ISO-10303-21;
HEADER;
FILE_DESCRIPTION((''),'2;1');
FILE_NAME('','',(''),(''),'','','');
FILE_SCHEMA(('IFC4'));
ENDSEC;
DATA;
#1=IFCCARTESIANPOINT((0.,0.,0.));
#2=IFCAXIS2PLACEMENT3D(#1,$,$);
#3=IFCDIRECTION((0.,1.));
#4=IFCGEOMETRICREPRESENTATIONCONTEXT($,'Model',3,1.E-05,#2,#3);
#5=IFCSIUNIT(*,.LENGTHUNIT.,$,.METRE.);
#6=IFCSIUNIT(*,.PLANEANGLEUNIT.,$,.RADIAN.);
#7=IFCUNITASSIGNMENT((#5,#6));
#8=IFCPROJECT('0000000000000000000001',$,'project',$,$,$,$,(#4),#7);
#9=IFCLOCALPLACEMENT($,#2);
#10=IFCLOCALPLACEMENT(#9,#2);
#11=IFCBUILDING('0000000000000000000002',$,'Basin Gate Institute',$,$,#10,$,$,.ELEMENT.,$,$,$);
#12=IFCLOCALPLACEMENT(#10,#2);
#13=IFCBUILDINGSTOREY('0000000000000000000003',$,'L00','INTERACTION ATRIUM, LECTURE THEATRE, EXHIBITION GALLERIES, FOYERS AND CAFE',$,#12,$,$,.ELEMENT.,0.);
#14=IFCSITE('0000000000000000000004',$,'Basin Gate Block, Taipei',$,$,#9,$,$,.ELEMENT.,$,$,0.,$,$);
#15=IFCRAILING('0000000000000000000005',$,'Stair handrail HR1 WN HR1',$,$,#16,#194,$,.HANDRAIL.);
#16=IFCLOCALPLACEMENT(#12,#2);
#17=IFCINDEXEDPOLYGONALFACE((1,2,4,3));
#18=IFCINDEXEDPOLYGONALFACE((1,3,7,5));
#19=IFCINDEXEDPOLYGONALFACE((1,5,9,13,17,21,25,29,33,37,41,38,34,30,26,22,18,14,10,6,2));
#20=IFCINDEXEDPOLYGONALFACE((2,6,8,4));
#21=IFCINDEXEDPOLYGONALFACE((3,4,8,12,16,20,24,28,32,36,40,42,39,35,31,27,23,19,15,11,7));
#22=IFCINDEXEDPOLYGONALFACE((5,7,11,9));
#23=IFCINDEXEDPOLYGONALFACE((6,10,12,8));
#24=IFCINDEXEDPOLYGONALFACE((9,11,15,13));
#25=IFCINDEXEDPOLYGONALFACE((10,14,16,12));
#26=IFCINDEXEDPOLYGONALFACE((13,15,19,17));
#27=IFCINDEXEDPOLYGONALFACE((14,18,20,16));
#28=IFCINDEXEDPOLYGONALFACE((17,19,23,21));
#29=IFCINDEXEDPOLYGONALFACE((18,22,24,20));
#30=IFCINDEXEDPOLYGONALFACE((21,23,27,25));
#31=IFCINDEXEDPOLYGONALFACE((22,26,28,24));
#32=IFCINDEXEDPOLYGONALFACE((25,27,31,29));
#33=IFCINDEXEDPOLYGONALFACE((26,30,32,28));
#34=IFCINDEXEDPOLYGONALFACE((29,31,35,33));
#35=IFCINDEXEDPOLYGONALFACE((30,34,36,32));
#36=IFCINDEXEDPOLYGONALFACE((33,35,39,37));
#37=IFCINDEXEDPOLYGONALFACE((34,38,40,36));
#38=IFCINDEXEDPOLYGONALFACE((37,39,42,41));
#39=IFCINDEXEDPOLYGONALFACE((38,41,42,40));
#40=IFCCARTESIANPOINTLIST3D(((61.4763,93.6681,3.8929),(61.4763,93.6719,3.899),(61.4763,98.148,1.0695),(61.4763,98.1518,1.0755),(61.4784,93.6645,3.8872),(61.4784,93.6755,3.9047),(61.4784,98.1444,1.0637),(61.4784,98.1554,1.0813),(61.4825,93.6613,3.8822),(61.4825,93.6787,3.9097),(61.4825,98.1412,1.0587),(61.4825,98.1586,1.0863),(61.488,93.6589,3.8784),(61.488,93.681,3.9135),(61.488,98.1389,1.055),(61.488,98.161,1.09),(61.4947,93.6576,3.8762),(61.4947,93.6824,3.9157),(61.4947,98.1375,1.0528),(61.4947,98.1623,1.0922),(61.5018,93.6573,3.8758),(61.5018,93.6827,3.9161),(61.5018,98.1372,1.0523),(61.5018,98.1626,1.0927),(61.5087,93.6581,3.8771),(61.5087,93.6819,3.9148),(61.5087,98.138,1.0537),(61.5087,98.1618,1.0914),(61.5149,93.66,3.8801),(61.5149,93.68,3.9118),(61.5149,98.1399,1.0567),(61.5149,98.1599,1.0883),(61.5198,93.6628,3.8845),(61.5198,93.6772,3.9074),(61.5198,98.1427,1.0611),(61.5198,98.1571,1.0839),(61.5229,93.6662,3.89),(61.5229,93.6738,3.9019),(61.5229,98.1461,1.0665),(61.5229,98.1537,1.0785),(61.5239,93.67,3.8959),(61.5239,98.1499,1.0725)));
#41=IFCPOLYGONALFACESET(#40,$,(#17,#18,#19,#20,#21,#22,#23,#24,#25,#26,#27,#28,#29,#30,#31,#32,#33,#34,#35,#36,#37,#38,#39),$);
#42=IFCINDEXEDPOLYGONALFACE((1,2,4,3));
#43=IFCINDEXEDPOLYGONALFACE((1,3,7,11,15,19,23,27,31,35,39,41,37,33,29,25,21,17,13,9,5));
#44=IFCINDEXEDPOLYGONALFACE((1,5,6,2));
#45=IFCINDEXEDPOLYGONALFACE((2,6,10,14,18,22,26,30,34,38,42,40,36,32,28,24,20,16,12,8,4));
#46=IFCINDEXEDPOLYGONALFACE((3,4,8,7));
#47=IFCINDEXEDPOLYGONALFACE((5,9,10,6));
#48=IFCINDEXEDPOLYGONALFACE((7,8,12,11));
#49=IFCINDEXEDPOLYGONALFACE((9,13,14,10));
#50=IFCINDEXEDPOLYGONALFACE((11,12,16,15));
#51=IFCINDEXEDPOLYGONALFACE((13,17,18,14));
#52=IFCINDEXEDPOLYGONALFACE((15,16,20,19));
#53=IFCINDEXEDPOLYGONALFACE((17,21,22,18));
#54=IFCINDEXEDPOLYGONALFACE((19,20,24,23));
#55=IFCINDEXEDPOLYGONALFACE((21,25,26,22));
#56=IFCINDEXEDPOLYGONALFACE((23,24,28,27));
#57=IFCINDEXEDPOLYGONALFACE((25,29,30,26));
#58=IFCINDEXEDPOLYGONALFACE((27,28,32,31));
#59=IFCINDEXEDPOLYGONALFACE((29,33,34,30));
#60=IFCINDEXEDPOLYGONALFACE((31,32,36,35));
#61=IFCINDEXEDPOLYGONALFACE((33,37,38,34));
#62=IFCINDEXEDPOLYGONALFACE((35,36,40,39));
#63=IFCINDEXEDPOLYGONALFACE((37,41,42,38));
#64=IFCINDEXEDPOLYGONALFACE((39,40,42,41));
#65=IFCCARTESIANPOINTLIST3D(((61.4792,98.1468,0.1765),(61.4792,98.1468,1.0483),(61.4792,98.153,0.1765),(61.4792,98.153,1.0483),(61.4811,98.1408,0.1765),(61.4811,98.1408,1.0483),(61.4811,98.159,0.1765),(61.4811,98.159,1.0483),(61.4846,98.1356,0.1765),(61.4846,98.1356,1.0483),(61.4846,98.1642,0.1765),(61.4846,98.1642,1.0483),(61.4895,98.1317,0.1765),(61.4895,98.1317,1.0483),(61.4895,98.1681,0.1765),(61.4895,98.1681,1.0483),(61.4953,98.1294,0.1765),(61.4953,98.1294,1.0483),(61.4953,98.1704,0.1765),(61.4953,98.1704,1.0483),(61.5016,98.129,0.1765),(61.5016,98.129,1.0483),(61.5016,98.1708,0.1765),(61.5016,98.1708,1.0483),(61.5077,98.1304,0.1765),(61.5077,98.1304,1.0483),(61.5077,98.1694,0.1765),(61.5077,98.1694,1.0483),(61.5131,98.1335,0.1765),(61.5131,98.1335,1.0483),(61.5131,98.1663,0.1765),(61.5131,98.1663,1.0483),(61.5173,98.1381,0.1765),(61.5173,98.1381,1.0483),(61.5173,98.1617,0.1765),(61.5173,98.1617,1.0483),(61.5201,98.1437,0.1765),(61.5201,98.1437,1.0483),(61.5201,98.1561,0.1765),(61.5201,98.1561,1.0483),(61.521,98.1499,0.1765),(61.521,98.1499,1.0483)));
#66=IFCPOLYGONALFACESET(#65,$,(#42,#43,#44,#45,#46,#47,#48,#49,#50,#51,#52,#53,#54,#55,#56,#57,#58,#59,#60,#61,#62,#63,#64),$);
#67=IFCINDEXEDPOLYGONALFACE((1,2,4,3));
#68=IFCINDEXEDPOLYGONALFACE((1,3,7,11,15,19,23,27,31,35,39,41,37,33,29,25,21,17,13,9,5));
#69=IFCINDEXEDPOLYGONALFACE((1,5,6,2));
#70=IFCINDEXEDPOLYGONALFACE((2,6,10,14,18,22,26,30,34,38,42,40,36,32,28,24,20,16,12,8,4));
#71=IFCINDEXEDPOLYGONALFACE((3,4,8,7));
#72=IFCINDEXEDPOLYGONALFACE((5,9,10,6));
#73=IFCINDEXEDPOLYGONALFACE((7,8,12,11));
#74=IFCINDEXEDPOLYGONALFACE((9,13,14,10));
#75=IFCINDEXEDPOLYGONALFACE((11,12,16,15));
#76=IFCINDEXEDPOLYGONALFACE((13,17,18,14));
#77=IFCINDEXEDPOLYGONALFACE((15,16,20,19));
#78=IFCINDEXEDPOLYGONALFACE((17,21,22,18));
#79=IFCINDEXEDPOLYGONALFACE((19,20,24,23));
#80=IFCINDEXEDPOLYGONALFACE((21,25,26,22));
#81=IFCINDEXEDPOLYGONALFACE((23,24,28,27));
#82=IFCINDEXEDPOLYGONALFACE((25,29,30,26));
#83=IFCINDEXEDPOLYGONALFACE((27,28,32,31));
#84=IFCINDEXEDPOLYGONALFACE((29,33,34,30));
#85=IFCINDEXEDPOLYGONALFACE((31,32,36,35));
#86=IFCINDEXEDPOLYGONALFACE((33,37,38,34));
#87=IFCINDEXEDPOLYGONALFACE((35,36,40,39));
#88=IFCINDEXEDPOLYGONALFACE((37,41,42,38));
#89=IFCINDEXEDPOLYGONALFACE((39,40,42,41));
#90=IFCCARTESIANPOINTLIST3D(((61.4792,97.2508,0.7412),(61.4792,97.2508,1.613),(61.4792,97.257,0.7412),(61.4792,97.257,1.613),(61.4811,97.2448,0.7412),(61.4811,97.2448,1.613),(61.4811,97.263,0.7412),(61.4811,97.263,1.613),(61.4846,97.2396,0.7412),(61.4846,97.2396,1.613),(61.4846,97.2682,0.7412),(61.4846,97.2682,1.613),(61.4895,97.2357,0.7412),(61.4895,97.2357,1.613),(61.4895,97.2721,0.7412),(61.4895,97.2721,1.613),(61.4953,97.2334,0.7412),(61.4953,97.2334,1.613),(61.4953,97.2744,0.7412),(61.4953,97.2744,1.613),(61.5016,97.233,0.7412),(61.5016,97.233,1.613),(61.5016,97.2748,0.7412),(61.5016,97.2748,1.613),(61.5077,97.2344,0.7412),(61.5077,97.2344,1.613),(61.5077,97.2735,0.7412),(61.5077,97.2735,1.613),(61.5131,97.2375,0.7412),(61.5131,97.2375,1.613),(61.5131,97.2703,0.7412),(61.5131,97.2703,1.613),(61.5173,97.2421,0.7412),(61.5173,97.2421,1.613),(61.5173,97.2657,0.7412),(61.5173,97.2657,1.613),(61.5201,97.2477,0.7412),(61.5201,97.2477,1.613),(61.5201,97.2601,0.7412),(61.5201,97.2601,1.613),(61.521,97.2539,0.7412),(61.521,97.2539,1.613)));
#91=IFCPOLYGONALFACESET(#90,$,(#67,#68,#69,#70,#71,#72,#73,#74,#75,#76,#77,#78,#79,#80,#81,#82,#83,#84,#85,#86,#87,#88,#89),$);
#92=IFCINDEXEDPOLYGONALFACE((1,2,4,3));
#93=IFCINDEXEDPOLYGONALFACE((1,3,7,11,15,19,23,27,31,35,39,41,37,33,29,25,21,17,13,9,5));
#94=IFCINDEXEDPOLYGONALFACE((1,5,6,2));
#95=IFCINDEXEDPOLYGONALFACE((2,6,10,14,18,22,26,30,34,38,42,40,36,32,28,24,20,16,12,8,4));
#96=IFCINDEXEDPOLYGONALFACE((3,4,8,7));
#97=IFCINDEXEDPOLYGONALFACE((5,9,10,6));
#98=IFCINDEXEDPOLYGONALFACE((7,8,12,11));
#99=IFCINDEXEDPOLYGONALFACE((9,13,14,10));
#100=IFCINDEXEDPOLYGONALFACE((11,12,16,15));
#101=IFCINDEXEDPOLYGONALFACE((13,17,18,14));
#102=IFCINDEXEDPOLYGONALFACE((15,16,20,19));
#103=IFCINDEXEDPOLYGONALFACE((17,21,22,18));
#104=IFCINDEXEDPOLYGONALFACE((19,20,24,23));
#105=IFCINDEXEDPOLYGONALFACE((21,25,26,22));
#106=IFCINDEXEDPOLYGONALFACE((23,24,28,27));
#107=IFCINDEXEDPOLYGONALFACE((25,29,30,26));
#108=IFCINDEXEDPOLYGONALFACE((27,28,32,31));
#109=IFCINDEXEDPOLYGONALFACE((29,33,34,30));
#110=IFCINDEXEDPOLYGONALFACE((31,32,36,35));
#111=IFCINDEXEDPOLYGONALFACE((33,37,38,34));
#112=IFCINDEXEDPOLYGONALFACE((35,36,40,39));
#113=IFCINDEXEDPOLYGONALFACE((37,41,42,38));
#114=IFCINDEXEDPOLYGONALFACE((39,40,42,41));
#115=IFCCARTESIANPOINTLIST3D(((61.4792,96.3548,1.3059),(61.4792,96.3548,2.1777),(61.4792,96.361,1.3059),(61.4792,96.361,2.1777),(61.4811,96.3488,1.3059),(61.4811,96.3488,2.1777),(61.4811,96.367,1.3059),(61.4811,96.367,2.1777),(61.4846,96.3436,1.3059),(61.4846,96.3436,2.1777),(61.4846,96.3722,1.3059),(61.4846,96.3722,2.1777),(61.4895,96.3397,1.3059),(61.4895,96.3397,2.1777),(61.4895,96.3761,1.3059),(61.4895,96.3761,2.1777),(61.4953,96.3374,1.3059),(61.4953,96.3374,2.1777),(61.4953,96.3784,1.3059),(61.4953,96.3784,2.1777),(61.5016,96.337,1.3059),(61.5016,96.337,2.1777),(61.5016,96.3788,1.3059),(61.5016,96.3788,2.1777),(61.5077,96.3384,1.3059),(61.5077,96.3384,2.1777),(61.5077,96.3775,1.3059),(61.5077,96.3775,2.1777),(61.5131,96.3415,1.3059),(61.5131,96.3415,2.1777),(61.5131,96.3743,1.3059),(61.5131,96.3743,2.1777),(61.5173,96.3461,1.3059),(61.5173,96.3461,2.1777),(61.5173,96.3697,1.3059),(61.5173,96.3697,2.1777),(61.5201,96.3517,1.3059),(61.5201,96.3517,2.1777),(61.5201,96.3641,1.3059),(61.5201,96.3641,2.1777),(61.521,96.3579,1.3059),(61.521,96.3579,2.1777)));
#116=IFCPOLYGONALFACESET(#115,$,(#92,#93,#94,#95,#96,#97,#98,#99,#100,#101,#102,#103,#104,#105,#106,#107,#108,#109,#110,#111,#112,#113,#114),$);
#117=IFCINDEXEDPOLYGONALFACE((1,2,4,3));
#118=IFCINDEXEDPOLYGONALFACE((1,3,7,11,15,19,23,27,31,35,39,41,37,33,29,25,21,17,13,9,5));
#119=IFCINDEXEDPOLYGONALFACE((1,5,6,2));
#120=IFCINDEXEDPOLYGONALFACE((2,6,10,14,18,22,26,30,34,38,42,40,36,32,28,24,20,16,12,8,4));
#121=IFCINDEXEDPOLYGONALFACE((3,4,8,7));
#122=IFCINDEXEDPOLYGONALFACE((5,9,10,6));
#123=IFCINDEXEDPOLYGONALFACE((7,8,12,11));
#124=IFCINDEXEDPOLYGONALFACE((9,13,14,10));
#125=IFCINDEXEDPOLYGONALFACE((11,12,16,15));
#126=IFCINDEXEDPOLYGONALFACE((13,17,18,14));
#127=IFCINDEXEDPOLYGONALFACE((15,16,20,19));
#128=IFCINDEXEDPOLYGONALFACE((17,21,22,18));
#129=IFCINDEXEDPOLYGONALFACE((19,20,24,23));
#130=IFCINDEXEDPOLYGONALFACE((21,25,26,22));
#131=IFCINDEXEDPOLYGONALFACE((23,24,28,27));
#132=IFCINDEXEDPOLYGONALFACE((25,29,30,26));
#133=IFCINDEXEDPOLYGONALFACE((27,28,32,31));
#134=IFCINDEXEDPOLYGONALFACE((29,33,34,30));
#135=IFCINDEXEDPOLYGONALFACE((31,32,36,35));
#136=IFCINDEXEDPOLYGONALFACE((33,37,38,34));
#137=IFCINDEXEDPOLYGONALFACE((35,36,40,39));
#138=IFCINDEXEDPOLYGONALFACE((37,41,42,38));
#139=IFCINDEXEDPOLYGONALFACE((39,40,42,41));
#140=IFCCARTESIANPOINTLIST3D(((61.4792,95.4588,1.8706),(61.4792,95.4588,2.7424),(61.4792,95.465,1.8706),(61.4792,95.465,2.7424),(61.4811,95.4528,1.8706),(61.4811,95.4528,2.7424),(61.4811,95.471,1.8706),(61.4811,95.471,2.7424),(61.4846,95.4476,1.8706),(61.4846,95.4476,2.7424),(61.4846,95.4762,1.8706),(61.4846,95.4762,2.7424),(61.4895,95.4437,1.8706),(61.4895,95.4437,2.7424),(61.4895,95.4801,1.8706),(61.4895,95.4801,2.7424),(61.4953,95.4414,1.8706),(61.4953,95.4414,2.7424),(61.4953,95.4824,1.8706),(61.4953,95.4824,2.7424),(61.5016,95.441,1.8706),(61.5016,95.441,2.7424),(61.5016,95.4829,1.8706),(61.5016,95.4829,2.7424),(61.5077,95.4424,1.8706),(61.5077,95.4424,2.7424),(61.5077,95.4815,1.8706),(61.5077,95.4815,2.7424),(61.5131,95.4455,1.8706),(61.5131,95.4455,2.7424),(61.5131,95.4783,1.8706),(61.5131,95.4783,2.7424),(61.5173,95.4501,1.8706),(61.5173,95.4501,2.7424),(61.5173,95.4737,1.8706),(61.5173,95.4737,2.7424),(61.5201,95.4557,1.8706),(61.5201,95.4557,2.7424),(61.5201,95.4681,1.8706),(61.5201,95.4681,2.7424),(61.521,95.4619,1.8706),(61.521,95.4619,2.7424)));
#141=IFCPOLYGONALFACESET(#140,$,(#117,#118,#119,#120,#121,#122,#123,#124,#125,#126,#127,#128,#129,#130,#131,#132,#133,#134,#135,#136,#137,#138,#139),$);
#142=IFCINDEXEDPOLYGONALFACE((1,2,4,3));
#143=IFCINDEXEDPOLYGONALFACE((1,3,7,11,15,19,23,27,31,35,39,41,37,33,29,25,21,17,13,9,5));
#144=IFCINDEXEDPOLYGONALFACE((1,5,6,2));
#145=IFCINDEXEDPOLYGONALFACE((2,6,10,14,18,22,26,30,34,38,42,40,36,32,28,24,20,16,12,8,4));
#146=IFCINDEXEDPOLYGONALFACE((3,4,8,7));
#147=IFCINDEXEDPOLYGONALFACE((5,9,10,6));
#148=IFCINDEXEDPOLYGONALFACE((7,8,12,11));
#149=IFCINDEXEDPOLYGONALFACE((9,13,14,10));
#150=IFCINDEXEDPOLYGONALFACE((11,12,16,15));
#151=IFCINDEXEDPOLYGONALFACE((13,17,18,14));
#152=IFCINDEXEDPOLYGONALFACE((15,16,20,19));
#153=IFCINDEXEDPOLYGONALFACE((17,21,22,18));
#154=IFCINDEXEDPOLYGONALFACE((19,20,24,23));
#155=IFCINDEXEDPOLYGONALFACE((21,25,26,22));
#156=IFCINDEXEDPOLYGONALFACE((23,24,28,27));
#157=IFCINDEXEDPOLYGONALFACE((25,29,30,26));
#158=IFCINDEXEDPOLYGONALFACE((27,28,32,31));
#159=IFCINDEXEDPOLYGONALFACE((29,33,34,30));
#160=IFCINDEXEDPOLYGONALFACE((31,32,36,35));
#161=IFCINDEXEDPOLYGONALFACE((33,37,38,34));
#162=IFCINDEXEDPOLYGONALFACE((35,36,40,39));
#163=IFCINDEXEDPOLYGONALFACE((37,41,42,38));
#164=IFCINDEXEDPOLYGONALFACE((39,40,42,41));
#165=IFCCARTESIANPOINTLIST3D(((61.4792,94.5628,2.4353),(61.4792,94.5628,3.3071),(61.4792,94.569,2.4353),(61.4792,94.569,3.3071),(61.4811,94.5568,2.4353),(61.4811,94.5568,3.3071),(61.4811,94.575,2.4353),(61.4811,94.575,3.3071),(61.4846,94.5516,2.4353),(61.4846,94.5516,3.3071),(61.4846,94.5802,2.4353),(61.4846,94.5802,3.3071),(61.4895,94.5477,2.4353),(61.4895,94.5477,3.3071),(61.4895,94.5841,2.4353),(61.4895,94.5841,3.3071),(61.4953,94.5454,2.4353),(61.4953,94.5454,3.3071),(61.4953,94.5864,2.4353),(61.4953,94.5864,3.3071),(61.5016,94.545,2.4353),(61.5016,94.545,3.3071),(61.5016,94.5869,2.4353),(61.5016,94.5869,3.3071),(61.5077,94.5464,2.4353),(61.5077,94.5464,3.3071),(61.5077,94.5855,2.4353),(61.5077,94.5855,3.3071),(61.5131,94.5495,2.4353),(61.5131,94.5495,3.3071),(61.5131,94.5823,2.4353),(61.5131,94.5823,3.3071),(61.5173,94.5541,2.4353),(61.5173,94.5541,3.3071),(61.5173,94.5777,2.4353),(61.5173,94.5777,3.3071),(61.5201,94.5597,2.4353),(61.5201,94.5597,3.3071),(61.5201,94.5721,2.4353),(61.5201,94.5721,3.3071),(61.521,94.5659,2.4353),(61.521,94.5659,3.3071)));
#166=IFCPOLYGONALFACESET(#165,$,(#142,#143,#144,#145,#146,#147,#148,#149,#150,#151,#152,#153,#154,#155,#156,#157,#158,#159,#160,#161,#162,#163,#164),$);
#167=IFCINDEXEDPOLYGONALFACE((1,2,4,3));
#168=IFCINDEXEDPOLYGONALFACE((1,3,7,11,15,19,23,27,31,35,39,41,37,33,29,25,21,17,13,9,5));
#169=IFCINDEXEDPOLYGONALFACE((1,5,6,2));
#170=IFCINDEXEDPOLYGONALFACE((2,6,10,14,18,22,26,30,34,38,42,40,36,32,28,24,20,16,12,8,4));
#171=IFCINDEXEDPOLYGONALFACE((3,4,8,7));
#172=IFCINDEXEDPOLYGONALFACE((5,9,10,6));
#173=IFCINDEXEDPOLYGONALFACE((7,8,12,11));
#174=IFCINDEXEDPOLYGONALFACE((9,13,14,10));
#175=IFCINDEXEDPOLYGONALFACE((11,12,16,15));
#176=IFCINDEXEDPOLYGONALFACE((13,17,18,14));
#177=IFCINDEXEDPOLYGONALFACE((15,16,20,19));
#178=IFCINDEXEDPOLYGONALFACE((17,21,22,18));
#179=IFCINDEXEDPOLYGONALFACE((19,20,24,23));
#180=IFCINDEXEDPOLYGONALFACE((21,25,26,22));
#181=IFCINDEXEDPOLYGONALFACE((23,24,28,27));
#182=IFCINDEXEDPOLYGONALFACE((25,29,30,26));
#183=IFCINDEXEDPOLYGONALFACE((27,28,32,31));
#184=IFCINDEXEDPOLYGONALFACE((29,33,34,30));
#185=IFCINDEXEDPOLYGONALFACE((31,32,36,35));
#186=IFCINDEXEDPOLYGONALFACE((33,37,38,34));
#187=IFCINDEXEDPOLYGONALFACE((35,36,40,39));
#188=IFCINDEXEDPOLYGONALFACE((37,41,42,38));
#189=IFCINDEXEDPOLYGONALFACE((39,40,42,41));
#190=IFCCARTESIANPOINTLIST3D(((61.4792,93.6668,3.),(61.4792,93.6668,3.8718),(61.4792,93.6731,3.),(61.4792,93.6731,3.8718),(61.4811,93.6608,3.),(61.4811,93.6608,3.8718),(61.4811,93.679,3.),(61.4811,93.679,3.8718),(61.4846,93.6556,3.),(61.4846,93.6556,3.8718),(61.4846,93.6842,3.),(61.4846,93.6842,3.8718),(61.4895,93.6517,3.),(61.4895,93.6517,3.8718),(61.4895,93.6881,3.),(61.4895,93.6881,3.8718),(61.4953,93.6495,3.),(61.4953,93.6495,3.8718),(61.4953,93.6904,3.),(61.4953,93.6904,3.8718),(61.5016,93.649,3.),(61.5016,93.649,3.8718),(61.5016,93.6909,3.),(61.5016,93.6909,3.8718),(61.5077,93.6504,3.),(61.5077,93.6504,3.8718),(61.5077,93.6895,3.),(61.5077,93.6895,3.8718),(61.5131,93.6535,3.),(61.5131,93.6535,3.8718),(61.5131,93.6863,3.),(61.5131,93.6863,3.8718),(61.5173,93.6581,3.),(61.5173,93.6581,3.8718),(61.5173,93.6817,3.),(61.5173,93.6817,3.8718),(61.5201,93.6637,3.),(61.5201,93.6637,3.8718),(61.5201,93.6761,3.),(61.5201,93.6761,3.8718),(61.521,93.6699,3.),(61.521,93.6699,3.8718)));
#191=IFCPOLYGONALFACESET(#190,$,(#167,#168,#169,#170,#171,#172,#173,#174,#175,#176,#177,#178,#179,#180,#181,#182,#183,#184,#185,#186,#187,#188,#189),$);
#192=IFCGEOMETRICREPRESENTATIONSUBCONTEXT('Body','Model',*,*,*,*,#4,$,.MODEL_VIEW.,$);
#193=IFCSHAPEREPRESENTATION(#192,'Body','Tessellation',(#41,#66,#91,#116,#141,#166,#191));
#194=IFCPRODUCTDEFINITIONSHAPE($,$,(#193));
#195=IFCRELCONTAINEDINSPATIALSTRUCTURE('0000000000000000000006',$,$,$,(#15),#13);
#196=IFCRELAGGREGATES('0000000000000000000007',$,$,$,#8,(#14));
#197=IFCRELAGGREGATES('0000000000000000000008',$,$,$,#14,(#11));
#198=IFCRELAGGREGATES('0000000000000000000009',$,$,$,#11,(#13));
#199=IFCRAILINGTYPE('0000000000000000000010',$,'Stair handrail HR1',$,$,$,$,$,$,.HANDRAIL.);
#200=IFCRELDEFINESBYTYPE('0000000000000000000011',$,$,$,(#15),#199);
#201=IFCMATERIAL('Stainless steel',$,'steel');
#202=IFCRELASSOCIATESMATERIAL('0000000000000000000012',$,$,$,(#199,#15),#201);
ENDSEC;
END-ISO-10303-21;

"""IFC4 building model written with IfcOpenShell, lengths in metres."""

from ifc_helpers import new_model, si_unit, direction, frame, origin, origin_2d, place, context, subcontext, project, spatial, circle, extrude, material, type_object, element, save


model = new_model("IFC4")

# Units and contexts
model_context = context("Model", 3, precision=1e-05, world=origin(), true_north=direction((0.0, 1.0)))
body_context = subcontext(model_context, "Body", "Model", "MODEL_VIEW")
ifc_project = project(units=[si_unit("LENGTHUNIT", "METRE"), si_unit("PLANEANGLEUNIT", "RADIAN")], contexts=[model_context])

# Site, building, storey
site_placement = place(None, origin())
site = spatial("IfcSite", under=ifc_project, at=site_placement, Name="Basin Gate Block, Taipei", CompositionType="ELEMENT", RefElevation=0.0)
building_placement = place(site_placement, origin())
building = spatial("IfcBuilding", under=site, at=building_placement, Name="Basin Gate Institute", CompositionType="ELEMENT")
storey_placement = place(building_placement, origin())
storey = spatial("IfcBuildingStorey", under=building, at=storey_placement, Name="L00", Description="INTERACTION ATRIUM, LECTURE THEATRE, EXHIBITION GALLERIES, FOYERS AND CAFE", CompositionType="ELEMENT", Elevation=0.0)

# Railing
ifc_material_1 = material(Name="Stainless steel", Category="steel")
railing_type_1 = type_object("IfcRailingType", Name="Stair handrail HR1", PredefinedType="HANDRAIL", material=ifc_material_1)
for number, where, name in (
    (1, (61.5, 98.1499, 0.1765), "Stair handrail HR1 WN HR1"),
):
    element("IfcRailing", number, at=place(storey_placement, frame(where)), inside=storey, type_object=railing_type_1, material=ifc_material_1, Name=name, PredefinedType="HANDRAIL", context=body_context, shape_type="SweptSolid", body=[
        extrude(circle(Radius=0.0239, at=origin_2d()), frame((0.0, 0.0, 0.896), z_axis=(0.0, -0.845998, 0.533186), x_axis=(1.0, 0.0, 0.0)), (0.0, 0.0, 1.0), 5.2954),
        extrude(circle(Radius=0.021, at=origin_2d()), origin(), (0.0, 0.0, 1.0), 0.8718),
        extrude(circle(Radius=0.021, at=origin_2d()), frame((0.0, -0.896, 0.5647)), (0.0, 0.0, 1.0), 0.8718),
        extrude(circle(Radius=0.021, at=origin_2d()), frame((0.0, -1.792, 1.1294)), (0.0, 0.0, 1.0), 0.8718),
        extrude(circle(Radius=0.021, at=origin_2d()), frame((0.0, -2.688, 1.6941)), (0.0, 0.0, 1.0), 0.8718),
        extrude(circle(Radius=0.021, at=origin_2d()), frame((0.0, -3.584, 2.2588)), (0.0, 0.0, 1.0), 0.8718),
        extrude(circle(Radius=0.021, at=origin_2d()), frame((0.0, -4.48, 2.8235)), (0.0, 0.0, 1.0), 0.8718),
    ])

save(model, "model.ifc")
